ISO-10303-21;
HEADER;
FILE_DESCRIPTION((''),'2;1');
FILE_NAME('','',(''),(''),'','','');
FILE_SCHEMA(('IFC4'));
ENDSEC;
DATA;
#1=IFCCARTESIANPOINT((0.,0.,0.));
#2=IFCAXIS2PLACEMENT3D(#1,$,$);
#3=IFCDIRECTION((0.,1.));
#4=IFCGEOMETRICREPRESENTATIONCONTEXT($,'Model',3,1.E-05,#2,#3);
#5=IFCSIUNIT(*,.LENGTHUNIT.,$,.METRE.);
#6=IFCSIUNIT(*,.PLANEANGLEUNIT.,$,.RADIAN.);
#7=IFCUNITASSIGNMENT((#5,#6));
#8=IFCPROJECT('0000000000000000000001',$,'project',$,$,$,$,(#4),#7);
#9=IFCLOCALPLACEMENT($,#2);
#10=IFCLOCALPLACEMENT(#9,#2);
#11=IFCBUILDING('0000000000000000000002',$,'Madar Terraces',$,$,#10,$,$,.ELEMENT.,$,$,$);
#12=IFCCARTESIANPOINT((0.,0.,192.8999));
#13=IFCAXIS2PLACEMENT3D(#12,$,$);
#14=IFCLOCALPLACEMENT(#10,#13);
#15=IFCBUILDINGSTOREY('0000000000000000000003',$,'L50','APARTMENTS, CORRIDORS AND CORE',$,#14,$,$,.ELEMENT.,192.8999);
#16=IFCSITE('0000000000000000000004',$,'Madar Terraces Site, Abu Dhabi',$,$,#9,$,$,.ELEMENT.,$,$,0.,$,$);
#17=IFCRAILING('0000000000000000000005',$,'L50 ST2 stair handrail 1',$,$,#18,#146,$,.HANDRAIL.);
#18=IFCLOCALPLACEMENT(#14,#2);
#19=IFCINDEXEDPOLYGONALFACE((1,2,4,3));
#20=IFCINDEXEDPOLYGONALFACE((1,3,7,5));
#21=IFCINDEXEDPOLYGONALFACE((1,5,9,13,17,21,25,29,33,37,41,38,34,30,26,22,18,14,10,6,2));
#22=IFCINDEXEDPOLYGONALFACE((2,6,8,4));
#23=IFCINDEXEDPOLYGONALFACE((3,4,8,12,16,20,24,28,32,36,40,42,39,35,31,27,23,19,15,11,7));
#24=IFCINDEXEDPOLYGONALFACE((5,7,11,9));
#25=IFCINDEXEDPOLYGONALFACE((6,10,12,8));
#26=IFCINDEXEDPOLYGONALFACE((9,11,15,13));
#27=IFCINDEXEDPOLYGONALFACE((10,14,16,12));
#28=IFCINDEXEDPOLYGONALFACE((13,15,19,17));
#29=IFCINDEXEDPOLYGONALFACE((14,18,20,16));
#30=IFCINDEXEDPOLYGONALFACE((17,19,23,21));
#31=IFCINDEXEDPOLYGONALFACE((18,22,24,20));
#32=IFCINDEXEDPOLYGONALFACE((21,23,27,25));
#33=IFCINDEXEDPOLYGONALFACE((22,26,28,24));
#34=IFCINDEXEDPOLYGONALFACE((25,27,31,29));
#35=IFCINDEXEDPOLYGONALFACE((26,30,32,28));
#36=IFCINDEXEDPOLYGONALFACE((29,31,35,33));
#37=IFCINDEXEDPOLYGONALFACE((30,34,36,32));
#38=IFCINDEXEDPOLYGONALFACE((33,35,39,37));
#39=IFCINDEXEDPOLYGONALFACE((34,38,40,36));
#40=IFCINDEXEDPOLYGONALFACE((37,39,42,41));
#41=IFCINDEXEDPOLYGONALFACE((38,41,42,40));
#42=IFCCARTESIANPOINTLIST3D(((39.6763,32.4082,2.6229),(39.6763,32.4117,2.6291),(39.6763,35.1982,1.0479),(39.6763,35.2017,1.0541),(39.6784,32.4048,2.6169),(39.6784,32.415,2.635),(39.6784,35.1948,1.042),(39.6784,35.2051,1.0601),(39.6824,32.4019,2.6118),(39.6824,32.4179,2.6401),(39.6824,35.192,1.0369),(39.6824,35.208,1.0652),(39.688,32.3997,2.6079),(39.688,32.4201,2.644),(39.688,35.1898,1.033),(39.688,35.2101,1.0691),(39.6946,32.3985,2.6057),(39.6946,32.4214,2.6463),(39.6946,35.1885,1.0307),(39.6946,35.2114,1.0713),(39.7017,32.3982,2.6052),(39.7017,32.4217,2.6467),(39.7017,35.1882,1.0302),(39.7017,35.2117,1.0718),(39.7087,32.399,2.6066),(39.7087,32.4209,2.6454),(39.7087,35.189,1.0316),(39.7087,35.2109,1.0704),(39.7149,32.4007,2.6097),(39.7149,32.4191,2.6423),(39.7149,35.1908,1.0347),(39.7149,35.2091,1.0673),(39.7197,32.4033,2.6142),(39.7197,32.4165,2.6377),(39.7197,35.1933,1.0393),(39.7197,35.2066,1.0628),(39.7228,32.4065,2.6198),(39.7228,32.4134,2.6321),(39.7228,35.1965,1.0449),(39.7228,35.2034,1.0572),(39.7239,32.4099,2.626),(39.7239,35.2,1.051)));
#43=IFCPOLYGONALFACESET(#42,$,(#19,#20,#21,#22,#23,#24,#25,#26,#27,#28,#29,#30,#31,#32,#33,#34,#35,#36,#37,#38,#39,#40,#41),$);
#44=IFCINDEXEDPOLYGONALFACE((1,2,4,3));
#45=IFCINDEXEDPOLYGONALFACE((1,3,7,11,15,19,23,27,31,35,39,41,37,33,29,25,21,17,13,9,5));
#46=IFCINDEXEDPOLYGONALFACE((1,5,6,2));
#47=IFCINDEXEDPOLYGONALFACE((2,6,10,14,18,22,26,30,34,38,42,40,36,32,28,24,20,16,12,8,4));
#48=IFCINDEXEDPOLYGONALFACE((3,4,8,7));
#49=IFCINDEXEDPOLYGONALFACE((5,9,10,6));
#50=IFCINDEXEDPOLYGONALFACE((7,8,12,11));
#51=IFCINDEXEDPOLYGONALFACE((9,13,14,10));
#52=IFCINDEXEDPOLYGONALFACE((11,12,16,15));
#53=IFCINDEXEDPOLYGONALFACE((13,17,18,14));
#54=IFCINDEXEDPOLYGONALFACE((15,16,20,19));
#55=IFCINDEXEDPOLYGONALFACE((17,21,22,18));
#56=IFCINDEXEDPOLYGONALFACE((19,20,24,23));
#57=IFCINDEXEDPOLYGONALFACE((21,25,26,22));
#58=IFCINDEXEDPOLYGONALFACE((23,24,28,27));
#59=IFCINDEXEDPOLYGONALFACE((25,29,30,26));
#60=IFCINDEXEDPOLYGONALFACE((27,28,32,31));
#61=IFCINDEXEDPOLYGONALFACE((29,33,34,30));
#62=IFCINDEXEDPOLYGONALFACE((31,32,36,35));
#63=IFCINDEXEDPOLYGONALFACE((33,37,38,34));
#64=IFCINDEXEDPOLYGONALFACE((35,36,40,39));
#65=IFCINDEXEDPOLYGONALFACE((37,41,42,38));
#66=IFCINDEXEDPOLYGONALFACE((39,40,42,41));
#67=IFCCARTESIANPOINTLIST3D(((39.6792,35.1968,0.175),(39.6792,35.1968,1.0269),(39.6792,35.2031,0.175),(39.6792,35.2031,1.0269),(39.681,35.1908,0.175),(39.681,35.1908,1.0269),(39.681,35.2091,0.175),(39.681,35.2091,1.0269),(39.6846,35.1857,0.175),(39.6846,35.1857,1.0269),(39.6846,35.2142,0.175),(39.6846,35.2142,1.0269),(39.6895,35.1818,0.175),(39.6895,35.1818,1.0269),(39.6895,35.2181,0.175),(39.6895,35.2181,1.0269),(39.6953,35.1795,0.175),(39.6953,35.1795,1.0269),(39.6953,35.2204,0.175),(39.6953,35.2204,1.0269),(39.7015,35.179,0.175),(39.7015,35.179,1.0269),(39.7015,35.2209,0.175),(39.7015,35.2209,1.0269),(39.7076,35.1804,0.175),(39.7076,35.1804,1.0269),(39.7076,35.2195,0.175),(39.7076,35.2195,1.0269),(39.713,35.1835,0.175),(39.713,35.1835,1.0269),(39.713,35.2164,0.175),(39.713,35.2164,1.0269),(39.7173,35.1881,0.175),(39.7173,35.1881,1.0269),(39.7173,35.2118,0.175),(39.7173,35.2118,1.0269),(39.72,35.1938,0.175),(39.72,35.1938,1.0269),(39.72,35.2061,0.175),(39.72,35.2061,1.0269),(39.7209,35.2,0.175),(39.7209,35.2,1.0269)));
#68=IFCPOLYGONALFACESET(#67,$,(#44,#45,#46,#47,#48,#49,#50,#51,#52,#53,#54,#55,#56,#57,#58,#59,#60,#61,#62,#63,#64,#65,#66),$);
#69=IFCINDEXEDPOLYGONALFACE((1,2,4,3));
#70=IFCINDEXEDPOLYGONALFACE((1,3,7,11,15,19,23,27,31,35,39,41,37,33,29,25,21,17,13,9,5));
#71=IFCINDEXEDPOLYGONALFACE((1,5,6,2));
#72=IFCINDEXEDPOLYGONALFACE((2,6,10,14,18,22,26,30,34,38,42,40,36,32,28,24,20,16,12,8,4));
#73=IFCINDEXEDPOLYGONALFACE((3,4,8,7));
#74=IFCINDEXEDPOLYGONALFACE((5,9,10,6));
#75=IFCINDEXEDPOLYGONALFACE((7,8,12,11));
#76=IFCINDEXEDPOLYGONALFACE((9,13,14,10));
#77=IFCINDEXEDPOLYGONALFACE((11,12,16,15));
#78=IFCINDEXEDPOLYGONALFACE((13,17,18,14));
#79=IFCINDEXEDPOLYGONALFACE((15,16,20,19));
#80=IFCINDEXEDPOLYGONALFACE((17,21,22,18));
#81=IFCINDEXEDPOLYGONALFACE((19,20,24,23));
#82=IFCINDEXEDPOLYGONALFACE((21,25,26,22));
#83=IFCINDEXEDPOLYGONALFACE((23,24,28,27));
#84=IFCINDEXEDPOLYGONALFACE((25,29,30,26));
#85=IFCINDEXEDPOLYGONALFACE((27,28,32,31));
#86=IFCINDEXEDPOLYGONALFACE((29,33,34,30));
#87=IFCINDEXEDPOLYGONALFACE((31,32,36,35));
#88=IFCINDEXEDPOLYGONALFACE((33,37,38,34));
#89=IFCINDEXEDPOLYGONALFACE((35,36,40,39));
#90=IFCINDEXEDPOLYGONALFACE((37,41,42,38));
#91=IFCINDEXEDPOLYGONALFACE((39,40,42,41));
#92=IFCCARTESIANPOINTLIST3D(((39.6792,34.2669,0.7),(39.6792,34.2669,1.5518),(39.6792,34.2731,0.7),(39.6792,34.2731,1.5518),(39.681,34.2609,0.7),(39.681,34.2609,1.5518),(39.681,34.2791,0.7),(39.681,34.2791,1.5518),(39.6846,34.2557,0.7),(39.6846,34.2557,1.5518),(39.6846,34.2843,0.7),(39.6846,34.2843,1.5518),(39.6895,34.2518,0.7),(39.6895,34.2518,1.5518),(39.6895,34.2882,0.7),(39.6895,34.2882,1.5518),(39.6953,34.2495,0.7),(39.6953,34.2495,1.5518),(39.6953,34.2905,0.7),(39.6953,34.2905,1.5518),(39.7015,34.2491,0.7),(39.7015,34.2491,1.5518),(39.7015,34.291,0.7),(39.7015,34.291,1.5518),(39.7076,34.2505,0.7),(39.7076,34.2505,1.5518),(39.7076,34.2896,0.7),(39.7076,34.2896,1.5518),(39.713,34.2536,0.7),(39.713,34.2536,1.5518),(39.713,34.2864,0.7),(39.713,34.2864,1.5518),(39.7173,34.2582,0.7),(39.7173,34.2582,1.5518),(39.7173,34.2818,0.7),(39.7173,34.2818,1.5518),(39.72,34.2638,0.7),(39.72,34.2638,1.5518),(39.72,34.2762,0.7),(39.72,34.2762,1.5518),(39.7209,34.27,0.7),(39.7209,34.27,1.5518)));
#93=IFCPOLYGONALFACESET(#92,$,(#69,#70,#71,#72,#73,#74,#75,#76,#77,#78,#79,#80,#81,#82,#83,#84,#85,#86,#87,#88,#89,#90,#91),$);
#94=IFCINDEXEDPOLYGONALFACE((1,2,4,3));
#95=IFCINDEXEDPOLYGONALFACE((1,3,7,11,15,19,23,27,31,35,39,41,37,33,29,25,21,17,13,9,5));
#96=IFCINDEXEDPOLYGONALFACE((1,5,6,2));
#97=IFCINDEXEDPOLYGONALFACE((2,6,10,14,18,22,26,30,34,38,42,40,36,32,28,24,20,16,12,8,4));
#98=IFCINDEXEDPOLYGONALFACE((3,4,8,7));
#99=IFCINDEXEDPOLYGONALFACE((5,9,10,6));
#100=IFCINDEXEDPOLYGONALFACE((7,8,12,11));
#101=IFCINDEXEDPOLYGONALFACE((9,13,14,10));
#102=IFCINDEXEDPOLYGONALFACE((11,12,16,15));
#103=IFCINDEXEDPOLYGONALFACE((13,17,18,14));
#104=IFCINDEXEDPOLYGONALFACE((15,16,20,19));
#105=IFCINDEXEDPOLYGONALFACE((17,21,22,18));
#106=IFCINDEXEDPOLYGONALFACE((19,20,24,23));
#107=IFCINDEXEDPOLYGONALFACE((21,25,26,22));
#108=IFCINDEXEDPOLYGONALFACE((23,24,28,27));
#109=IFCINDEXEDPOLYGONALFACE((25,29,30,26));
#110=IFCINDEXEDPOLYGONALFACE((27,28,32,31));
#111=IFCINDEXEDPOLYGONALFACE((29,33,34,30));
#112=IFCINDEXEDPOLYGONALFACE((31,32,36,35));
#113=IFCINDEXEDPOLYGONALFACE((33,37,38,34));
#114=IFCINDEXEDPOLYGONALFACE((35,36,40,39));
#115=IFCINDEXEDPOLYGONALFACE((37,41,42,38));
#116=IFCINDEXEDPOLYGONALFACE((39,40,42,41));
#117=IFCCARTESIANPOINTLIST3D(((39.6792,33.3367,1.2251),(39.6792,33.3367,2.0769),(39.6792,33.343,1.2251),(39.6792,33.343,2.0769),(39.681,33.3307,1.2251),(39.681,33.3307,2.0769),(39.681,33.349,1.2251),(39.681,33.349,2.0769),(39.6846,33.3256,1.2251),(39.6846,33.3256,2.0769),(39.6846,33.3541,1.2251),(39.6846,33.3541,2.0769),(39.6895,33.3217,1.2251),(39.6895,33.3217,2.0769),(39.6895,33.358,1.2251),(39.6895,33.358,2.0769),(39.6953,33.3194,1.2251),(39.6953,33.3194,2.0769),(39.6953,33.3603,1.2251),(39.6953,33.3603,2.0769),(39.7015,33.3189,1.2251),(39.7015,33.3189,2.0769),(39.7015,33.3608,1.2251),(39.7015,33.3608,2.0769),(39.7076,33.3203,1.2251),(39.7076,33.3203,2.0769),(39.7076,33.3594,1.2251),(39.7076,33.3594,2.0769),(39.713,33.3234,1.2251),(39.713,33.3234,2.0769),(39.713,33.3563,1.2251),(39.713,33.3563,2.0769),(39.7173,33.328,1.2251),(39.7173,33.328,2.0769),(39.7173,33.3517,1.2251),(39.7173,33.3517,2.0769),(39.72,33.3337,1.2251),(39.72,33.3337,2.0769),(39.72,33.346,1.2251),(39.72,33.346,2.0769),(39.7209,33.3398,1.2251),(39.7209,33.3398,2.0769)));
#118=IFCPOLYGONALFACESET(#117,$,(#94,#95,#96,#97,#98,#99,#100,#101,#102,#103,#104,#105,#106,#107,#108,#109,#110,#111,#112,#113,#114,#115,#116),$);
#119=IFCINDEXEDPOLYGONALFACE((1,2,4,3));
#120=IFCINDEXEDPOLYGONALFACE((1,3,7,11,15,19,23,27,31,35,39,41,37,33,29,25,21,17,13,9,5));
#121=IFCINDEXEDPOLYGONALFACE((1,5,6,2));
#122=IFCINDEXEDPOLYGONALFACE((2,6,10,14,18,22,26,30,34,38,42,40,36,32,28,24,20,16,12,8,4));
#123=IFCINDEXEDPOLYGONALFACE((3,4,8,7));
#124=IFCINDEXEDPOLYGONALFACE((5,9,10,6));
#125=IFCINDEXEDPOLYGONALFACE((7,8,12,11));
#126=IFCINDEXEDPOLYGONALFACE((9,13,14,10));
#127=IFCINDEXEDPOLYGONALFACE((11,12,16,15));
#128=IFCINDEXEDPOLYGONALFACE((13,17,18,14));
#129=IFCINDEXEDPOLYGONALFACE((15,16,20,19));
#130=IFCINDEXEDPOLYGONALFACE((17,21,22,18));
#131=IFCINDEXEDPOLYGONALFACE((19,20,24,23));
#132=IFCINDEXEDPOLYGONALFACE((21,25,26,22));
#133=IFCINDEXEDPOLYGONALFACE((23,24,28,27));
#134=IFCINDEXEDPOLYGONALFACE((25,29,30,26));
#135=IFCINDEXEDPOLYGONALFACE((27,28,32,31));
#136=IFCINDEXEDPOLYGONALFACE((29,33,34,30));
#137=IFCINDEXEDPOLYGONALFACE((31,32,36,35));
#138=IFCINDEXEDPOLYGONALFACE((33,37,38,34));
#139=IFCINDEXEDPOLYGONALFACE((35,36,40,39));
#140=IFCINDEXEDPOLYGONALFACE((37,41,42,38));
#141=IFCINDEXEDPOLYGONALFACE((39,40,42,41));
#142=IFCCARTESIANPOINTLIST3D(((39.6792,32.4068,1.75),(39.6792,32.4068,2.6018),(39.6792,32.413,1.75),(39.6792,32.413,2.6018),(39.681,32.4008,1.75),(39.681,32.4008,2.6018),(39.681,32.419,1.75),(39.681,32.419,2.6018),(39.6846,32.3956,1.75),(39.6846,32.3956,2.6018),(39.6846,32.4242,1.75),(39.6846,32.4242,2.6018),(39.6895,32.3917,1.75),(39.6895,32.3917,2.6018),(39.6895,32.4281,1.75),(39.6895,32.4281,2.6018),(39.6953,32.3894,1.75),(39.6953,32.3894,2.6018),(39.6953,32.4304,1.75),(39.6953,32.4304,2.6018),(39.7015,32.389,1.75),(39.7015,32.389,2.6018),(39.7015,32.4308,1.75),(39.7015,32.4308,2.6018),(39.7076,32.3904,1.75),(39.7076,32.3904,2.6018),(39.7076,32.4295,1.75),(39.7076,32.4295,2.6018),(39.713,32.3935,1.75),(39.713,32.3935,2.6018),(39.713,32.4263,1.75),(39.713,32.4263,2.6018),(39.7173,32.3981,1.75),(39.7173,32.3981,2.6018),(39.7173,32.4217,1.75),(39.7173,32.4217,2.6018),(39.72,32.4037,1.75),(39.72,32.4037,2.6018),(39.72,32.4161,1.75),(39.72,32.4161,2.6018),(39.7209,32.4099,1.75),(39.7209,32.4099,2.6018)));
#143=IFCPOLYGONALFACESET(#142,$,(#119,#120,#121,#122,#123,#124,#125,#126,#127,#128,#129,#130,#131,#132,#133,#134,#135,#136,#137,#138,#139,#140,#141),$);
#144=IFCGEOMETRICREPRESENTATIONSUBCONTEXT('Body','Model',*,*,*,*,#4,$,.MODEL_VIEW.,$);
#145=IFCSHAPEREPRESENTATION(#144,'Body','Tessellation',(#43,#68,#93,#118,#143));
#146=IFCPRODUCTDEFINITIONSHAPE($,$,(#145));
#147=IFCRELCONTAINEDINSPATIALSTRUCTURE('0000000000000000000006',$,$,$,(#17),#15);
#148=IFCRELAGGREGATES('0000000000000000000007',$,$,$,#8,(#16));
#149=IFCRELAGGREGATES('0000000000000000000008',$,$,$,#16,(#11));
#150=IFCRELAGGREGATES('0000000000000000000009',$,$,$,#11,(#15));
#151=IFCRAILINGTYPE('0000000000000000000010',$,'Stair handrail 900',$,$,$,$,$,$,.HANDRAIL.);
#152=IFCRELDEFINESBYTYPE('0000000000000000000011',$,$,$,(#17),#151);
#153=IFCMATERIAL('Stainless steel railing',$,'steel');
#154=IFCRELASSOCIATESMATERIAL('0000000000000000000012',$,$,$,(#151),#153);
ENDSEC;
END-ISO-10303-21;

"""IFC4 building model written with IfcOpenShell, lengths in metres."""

from ifc_helpers import new_model, si_unit, direction, frame, origin, origin_2d, place, context, subcontext, project, spatial, circle, extrude, material, type_object, element, save


model = new_model("IFC4")

# Units and contexts
model_context = context("Model", 3, precision=1e-05, world=origin(), true_north=direction((0.0, 1.0)))
body_context = subcontext(model_context, "Body", "Model", "MODEL_VIEW")
ifc_project = project(units=[si_unit("LENGTHUNIT", "METRE"), si_unit("PLANEANGLEUNIT", "RADIAN")], contexts=[model_context])

# Site, building, storey
site_placement = place(None, origin())
site = spatial("IfcSite", under=ifc_project, at=site_placement, Name="Madar Terraces Site, Abu Dhabi", CompositionType="ELEMENT", RefElevation=0.0)
building_placement = place(site_placement, origin())
building = spatial("IfcBuilding", under=site, at=building_placement, Name="Madar Terraces", CompositionType="ELEMENT")
storey_placement = place(building_placement, frame((0.0, 0.0, 192.8999)))
storey = spatial("IfcBuildingStorey", under=building, at=storey_placement, Name="L50", Description="APARTMENTS, CORRIDORS AND CORE", CompositionType="ELEMENT", Elevation=192.8999)

# Railing
ifc_material_1 = material(Name="Stainless steel railing", Category="steel")
railing_type_1 = type_object("IfcRailingType", Name="Stair handrail 900", PredefinedType="HANDRAIL", material=ifc_material_1)
railing_1_placement = place(storey_placement, frame((39.7, 35.2, 0.175)))
element("IfcRailing", 1, at=railing_1_placement, inside=storey, type_object=railing_type_1, Name="L50 ST2 stair handrail 1", PredefinedType="HANDRAIL", context=body_context, shape_type="SweptSolid", body=[
    extrude(circle(Radius=0.0239, at=origin_2d()), frame((0.0, 0.0, 0.876), z_axis=(0.0, -0.870834, 0.491578), x_axis=(1.0, 0.0, 0.0)), (0.0, 0.0, 1.0), 3.2039),
    extrude(circle(Radius=0.021, at=origin_2d()), origin(), (0.0, 0.0, 1.0), 0.8518),
    extrude(circle(Radius=0.021, at=origin_2d()), frame((0.0, -0.9299, 0.5249)), (0.0, 0.0, 1.0), 0.8518),
    extrude(circle(Radius=0.021, at=origin_2d()), frame((0.0, -1.8601, 1.05)), (0.0, 0.0, 1.0), 0.8518),
    extrude(circle(Radius=0.021, at=origin_2d()), frame((0.0, -2.79, 1.575)), (0.0, 0.0, 1.0), 0.8518),
])

save(model, "model.ifc")
